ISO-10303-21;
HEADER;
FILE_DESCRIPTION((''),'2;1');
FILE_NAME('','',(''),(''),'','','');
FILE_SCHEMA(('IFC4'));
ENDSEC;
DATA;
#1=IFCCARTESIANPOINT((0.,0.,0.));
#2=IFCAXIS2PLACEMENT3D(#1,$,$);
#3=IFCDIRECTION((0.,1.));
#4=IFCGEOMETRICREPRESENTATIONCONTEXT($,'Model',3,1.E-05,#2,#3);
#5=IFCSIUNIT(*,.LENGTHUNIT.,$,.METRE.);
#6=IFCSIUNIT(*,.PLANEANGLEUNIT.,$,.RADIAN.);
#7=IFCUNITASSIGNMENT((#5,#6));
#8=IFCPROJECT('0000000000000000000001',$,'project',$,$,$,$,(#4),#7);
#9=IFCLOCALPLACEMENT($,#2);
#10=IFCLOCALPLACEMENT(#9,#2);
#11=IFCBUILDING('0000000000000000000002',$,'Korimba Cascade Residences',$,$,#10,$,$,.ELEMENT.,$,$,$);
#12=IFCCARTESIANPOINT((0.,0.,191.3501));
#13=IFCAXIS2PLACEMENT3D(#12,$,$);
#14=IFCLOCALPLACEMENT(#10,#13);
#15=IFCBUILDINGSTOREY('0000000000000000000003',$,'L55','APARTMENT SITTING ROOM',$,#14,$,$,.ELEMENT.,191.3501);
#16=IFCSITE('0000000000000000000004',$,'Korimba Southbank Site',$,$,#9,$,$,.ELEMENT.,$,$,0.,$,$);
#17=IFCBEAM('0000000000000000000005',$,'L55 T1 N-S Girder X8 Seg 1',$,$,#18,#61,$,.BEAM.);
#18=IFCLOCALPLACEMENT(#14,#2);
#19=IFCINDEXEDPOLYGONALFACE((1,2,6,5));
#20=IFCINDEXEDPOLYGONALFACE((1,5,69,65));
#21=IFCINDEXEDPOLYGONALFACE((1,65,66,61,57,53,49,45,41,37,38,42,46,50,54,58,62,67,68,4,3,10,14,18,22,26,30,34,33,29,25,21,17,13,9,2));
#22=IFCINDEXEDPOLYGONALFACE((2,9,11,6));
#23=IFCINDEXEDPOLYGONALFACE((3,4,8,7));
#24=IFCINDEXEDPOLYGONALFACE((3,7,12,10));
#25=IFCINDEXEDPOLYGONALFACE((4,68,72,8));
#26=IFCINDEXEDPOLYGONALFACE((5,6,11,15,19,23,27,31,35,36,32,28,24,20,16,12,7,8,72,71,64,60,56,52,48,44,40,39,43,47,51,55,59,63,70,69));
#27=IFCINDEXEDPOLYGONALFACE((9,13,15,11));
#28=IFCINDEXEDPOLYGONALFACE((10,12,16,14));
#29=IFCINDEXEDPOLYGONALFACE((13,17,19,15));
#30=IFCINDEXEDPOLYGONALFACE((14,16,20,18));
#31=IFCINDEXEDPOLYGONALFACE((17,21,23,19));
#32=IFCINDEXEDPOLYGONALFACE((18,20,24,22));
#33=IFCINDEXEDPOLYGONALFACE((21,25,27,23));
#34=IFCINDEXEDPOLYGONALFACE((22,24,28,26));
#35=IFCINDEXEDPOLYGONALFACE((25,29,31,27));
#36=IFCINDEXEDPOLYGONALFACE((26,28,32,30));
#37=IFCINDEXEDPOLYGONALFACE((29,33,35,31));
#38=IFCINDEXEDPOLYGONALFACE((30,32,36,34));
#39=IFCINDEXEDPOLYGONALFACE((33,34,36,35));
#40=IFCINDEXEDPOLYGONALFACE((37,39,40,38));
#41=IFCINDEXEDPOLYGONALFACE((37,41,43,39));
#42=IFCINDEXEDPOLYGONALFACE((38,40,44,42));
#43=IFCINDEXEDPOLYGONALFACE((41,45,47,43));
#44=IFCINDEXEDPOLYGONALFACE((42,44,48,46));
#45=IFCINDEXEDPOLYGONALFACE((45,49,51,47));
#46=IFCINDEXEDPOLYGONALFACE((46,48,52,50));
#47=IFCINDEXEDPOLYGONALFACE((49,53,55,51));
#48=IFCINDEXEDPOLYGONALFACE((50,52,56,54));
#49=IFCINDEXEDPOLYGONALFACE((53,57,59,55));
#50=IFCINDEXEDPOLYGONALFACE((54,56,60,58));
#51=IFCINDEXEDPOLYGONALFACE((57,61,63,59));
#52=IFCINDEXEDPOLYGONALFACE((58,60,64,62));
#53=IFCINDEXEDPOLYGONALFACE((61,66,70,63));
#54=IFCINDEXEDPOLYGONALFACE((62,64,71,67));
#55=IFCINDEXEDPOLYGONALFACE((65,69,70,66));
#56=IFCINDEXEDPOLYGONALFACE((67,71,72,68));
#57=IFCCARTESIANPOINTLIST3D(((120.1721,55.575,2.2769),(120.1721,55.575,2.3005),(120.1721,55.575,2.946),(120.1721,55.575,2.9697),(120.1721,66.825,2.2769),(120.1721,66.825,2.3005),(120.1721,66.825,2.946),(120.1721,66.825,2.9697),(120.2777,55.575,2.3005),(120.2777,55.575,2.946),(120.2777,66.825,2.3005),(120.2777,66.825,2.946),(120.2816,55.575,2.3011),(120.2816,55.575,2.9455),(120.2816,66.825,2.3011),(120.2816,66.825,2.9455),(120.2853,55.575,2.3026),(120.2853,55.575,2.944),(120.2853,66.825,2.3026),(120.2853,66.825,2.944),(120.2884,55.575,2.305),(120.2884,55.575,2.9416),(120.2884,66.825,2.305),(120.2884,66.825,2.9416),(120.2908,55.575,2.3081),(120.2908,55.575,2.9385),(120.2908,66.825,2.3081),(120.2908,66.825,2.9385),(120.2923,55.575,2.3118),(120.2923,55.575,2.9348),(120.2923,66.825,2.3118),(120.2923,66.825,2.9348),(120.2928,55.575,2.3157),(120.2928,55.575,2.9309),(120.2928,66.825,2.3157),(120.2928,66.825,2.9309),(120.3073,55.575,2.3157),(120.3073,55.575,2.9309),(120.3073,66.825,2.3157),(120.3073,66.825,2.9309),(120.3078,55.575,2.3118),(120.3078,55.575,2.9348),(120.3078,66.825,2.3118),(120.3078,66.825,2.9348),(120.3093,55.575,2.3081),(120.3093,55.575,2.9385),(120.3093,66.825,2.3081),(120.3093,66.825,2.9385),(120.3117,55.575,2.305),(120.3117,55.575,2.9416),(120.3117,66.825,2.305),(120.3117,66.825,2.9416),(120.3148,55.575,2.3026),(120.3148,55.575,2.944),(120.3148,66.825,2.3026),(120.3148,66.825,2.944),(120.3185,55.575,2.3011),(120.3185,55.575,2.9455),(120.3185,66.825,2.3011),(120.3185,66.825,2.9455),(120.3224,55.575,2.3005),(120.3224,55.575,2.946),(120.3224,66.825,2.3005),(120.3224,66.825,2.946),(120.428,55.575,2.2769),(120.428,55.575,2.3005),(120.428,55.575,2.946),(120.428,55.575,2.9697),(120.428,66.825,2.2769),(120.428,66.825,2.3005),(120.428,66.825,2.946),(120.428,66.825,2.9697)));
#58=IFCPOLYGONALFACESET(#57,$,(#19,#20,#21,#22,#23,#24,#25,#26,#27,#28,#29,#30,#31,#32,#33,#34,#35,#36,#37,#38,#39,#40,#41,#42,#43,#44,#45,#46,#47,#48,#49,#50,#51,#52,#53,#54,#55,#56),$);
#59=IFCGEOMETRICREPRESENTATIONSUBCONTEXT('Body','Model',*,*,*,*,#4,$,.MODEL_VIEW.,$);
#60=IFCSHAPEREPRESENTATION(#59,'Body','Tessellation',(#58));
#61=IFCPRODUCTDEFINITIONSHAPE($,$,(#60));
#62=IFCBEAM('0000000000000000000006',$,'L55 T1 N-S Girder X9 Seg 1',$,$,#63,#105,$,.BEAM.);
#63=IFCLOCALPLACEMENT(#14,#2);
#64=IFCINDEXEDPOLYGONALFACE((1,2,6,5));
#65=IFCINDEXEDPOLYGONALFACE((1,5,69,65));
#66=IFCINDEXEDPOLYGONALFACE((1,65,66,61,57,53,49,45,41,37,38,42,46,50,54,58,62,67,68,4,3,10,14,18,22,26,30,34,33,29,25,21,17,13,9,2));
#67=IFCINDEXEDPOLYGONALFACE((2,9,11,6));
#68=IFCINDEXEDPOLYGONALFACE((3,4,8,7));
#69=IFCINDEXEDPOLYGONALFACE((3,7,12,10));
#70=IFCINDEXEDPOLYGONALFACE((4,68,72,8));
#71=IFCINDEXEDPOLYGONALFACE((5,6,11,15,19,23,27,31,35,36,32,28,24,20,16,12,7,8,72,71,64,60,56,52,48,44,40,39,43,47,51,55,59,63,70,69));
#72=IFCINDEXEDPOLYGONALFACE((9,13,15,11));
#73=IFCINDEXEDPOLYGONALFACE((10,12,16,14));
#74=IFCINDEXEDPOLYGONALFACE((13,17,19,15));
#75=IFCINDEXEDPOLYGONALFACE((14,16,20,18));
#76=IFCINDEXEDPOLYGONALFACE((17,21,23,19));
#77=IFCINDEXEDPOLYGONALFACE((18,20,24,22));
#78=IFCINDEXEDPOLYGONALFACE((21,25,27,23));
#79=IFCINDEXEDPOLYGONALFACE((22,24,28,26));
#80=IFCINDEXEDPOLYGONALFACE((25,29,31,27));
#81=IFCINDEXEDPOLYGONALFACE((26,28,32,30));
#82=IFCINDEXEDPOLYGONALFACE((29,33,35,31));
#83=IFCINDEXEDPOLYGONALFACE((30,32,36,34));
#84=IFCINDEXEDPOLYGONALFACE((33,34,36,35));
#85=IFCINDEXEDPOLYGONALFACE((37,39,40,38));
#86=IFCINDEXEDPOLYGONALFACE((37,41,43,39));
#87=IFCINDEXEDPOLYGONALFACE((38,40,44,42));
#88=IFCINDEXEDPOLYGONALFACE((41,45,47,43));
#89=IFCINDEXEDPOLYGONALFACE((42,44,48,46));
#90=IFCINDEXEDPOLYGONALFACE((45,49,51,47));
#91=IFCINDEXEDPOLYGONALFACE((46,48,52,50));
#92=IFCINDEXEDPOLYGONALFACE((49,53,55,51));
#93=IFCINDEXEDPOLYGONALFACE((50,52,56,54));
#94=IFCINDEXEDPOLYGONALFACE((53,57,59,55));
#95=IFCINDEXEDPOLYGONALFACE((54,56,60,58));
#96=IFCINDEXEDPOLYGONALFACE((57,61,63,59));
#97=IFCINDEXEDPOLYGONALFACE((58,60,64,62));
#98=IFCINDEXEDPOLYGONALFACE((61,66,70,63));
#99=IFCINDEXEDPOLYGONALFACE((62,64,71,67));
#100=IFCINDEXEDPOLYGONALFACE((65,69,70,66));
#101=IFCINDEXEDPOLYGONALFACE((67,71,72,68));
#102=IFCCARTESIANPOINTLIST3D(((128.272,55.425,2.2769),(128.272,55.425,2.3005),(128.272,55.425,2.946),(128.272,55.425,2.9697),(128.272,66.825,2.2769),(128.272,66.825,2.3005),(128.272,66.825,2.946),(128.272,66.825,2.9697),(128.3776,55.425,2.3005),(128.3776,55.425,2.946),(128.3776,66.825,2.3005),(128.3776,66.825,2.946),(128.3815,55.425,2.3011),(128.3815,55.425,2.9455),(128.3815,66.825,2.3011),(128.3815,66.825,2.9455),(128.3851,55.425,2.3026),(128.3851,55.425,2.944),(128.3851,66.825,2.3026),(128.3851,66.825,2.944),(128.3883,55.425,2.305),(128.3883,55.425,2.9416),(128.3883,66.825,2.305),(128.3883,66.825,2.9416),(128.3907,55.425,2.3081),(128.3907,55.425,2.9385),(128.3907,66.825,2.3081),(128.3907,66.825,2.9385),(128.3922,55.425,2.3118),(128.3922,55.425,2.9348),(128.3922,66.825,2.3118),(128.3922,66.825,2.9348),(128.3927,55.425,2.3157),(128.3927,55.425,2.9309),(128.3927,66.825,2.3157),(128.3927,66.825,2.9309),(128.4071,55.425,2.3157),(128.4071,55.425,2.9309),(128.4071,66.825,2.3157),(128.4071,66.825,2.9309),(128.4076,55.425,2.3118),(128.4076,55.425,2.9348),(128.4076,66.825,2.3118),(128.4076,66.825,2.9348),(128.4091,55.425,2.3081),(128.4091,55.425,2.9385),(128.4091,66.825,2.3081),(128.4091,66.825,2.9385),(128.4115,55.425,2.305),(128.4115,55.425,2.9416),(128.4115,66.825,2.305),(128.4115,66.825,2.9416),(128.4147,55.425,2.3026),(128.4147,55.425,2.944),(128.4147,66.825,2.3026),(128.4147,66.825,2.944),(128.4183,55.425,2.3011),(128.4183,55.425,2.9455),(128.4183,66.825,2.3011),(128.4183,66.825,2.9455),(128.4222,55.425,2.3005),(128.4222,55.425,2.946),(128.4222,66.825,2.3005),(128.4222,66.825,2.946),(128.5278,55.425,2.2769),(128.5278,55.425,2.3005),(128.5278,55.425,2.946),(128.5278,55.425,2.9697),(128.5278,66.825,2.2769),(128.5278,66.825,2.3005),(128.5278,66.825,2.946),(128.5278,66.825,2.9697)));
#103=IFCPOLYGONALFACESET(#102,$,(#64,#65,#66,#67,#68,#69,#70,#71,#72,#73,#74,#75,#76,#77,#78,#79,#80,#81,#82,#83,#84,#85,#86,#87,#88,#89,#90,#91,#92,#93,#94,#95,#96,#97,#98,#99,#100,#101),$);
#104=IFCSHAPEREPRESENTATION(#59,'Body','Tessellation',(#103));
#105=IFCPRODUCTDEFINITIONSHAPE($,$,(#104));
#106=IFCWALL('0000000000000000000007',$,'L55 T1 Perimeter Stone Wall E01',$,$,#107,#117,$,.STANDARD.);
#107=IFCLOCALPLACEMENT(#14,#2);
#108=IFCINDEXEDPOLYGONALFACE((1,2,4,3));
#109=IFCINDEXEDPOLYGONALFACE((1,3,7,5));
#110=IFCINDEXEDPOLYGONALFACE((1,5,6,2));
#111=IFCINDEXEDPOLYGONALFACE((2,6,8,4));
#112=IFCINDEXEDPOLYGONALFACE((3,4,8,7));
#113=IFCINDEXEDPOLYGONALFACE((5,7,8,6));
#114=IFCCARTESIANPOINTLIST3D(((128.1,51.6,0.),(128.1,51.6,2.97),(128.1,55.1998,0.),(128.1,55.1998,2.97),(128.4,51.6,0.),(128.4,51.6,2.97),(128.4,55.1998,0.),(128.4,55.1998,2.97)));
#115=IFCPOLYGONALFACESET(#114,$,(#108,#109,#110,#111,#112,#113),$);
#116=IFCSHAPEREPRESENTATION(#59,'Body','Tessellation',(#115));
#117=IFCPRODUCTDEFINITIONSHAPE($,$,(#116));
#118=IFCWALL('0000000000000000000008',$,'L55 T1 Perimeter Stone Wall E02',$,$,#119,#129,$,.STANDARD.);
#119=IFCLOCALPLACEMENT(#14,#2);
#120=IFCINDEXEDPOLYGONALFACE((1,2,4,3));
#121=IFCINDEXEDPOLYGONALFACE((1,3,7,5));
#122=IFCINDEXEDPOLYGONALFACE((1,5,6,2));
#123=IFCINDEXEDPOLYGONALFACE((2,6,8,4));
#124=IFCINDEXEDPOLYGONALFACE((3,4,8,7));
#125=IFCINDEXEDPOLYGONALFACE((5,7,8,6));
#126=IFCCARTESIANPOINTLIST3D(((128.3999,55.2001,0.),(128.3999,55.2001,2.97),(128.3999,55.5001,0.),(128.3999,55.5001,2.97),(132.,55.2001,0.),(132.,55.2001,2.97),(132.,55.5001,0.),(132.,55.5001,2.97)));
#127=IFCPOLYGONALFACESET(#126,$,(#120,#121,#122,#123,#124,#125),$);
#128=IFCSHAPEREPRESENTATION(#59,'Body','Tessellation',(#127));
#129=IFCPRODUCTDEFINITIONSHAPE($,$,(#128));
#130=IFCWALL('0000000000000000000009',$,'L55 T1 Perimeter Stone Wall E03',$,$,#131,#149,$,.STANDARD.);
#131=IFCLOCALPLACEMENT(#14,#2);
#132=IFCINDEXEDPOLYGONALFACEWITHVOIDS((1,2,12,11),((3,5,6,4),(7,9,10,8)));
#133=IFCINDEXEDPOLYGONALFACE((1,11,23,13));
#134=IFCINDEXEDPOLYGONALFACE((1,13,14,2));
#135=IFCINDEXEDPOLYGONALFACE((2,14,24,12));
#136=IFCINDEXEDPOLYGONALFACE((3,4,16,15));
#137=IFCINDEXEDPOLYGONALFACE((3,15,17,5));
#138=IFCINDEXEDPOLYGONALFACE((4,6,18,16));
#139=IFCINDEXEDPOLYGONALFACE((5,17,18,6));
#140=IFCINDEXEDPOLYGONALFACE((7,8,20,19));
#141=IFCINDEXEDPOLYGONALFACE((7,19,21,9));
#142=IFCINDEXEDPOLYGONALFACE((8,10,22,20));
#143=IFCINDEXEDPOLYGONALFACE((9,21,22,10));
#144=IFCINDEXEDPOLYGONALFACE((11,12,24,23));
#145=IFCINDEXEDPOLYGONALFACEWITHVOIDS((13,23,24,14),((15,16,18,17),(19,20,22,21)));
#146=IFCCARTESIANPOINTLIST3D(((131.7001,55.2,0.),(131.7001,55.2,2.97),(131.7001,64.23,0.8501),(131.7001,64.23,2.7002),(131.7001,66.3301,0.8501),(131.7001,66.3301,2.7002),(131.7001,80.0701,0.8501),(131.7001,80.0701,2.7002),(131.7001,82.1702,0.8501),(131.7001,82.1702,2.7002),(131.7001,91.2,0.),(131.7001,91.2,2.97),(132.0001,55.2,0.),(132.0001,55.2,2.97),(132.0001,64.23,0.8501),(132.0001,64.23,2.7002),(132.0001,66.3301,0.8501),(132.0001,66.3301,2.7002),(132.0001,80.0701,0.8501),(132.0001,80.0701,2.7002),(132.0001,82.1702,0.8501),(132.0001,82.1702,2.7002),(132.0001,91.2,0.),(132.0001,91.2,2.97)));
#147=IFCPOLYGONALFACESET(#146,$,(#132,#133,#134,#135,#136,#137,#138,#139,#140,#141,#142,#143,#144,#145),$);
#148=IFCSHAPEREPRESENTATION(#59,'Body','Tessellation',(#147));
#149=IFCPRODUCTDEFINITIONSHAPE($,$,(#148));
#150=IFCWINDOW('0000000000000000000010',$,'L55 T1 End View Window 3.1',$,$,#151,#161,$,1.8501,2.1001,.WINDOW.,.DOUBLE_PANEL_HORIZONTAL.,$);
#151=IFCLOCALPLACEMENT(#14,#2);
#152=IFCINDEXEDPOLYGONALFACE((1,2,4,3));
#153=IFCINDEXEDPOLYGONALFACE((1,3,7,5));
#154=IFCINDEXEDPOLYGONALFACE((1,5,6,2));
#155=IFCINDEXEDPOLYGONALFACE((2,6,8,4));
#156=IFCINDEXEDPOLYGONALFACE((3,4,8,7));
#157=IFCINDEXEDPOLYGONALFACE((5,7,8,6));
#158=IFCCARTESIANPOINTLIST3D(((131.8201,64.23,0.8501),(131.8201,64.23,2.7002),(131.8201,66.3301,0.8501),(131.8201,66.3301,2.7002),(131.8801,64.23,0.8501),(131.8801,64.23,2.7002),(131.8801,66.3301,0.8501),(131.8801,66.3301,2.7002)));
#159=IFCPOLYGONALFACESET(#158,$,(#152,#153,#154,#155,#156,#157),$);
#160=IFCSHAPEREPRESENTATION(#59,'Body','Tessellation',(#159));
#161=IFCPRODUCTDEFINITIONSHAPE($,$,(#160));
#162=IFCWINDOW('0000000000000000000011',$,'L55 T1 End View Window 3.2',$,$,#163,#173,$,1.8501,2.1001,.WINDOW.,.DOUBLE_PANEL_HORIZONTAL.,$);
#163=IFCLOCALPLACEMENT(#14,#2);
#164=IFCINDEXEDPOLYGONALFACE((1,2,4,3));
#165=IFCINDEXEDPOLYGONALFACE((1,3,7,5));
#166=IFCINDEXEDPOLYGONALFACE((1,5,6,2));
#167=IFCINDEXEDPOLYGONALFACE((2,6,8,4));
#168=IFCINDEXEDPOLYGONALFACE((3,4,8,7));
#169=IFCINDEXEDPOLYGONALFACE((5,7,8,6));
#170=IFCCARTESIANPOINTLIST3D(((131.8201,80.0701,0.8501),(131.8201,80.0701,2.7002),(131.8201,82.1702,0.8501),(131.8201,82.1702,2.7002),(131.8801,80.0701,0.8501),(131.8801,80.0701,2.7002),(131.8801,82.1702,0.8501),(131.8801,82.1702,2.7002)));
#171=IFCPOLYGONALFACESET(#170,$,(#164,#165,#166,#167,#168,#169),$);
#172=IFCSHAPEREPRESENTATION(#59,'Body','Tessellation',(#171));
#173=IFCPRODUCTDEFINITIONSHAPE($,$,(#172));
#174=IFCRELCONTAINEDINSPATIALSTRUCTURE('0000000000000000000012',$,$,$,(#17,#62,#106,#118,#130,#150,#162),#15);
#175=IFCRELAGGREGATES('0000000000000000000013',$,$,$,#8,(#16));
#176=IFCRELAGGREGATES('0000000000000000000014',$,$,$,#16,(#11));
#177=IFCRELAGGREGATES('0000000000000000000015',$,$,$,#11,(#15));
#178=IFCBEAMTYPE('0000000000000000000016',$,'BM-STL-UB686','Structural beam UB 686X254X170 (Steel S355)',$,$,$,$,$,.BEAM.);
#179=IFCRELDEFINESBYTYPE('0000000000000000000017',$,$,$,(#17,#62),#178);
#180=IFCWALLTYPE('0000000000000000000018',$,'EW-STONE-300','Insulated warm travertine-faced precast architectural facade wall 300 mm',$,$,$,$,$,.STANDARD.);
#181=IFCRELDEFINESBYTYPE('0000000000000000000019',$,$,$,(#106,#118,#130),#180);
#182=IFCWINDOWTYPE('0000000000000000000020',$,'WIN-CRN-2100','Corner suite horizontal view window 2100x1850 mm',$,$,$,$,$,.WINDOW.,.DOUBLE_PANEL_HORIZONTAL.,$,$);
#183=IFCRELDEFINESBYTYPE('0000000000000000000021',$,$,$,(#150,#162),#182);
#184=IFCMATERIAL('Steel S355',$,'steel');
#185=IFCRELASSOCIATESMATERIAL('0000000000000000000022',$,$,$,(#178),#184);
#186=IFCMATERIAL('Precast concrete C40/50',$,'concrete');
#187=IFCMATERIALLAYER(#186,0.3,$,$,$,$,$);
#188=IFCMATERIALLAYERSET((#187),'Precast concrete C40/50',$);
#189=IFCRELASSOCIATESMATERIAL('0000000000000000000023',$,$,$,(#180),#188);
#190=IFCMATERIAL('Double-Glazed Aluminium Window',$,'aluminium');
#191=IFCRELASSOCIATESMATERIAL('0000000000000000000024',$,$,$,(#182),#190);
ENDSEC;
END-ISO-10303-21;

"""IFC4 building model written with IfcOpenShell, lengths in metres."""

from ifc_helpers import new_model, si_unit, direction, frame, frame_2d, origin, origin_2d, place, context, subcontext, project, spatial, rectangle, i_section, extrude, material, layer, layer_set, material_profile, profile_set, type_object, element, fill, save


model = new_model("IFC4")

# Units and contexts
model_context = context("Model", 3, precision=1e-05, world=origin(), true_north=direction((0.0, 1.0)))
body_context = subcontext(model_context, "Body", "Model", "MODEL_VIEW")
ifc_project = project(units=[si_unit("LENGTHUNIT", "METRE"), si_unit("PLANEANGLEUNIT", "RADIAN")], contexts=[model_context])

# Site, building, storey
site_placement = place(None, origin())
site = spatial("IfcSite", under=ifc_project, at=site_placement, Name="Korimba Southbank Site", CompositionType="ELEMENT", RefElevation=0.0)
building_placement = place(site_placement, origin())
building = spatial("IfcBuilding", under=site, at=building_placement, Name="Korimba Cascade Residences", CompositionType="ELEMENT")
storey_placement = place(building_placement, frame((0.0, 0.0, 191.3501)))
storey = spatial("IfcBuildingStorey", under=building, at=storey_placement, Name="L55", Description="APARTMENT SITTING ROOM", CompositionType="ELEMENT", Elevation=191.3501)

# Beams
ifc_material_1 = material(Name="Steel S355", Category="steel")
ifc_material_profile_1 = material_profile(ifc_material_1, i_section(OverallWidth=0.2559, OverallDepth=0.6929, WebThickness=0.0144, FlangeThickness=0.0237, FilletRadius=0.0151, at=origin_2d()), Name="Steel S355")
ifc_profile_set_1 = profile_set([ifc_material_profile_1], Name="Steel S355")
beam_type_1 = type_object("IfcBeamType", Name="BM-STL-UB686", Description="Structural beam UB 686X254X170 (Steel S355)", PredefinedType="BEAM", material=ifc_profile_set_1)
beam_1_placement = place(storey_placement, frame((120.3, 55.575, 2.6233), z_axis=(0.0, 1.0, 0.0), x_axis=(-1.0, 0.0, 0.0)))
element("IfcBeam", 1, at=beam_1_placement, inside=storey, type_object=beam_type_1, Name="L55 T1 N-S Girder X8 Seg 1", PredefinedType="BEAM", context=body_context, shape_type="SweptSolid", body=[
    extrude(i_section(OverallWidth=0.2559, OverallDepth=0.6929, WebThickness=0.0144, FlangeThickness=0.0237, FilletRadius=0.0151, at=origin_2d()), origin(), (0.0, 0.0, 1.0), 11.25),
])
beam_2_placement = place(storey_placement, frame((128.3999, 55.425, 2.6233), z_axis=(0.0, 1.0, 0.0), x_axis=(-1.0, 0.0, 0.0)))
element("IfcBeam", 2, at=beam_2_placement, inside=storey, type_object=beam_type_1, Name="L55 T1 N-S Girder X9 Seg 1", PredefinedType="BEAM", context=body_context, shape_type="SweptSolid", body=[
    extrude(i_section(OverallWidth=0.2559, OverallDepth=0.6929, WebThickness=0.0144, FlangeThickness=0.0237, FilletRadius=0.0151, at=origin_2d()), origin(), (0.0, 0.0, 1.0), 11.3999),
])

# Walls
ifc_material_2 = material(Name="Precast concrete C40/50", Category="concrete")
ifc_layer_1 = layer(ifc_material_2, 0.3)
ifc_layer_set_1 = layer_set([ifc_layer_1], Name="Precast concrete C40/50")
wall_type_1 = type_object("IfcWallType", Name="EW-STONE-300", Description="Insulated warm travertine-faced precast architectural facade wall 300 mm", PredefinedType="STANDARD", material=ifc_layer_set_1)
wall_1_placement = place(storey_placement, frame((128.25, 51.6001, 0.0), z_axis=(0.0, 0.0, 1.0), x_axis=(0.0, 1.0, 0.0)))
element("IfcWall", 3, at=wall_1_placement, inside=storey, type_object=wall_type_1, Name="L55 T1 Perimeter Stone Wall E01", PredefinedType="STANDARD", context=body_context, shape_type="SweptSolid", body=[
    extrude(rectangle(XDim=3.5999, YDim=0.3, at=frame_2d((1.7998, 0.0))), origin(), (0.0, 0.0, 1.0), 2.97),
])
wall_2_placement = place(storey_placement, frame((128.3999, 55.3501, 0.0), z_axis=(0.0, 0.0, 1.0), x_axis=(1.0, 0.0, 0.0)))
element("IfcWall", 4, at=wall_2_placement, inside=storey, type_object=wall_type_1, Name="L55 T1 Perimeter Stone Wall E02", PredefinedType="STANDARD", context=body_context, shape_type="SweptSolid", body=[
    extrude(rectangle(XDim=3.6001, YDim=0.3, at=frame_2d((1.8, 0.0))), origin(), (0.0, 0.0, 1.0), 2.97),
])

# Wall, openings, windows
wall_3_placement = place(storey_placement, frame((131.8501, 55.2, 0.0), z_axis=(0.0, 0.0, 1.0), x_axis=(0.0, 1.0, 0.0)))
wall_3 = element("IfcWall", 5, at=wall_3_placement, inside=storey, type_object=wall_type_1, Name="L55 T1 Perimeter Stone Wall E03", PredefinedType="STANDARD", context=body_context, shape_type="SweptSolid", body=[
    extrude(rectangle(XDim=36.0, YDim=0.3, at=frame_2d((18.0, 0.0))), origin(), (0.0, 0.0, 1.0), 2.97),
])
opening_1_placement = place(wall_3_placement, frame((9.03, 0.0, 0.8501)))
opening_1 = element("IfcOpeningElement", 6, at=opening_1_placement, cuts=wall_3, PredefinedType="OPENING", context=body_context, shape_type="SweptSolid", body=[
    extrude(rectangle(XDim=2.1001, YDim=1.8501, at=frame_2d((1.05, 0.925))), frame((0.0, 0.1602, 0.0), z_axis=(0.0, -1.0, 0.0), x_axis=(1.0, 0.0, 0.0)), (0.0, 0.0, 1.0), 0.3201),
])
opening_2_placement = place(wall_3_placement, frame((24.8701, 0.0, 0.8501)))
opening_2 = element("IfcOpeningElement", 7, at=opening_2_placement, cuts=wall_3, PredefinedType="OPENING", context=body_context, shape_type="SweptSolid", body=[
    extrude(rectangle(XDim=2.1001, YDim=1.8501, at=frame_2d((1.05, 0.925))), frame((0.0, 0.1602, 0.0), z_axis=(0.0, -1.0, 0.0), x_axis=(1.0, 0.0, 0.0)), (0.0, 0.0, 1.0), 0.3201),
])
ifc_material_3 = material(Name="Double-Glazed Aluminium Window", Category="aluminium")
window_type_1 = type_object("IfcWindowType", Name="WIN-CRN-2100", Description="Corner suite horizontal view window 2100x1850 mm", PartitioningType="DOUBLE_PANEL_HORIZONTAL", PredefinedType="WINDOW", material=ifc_material_3)
window_1_placement = place(opening_1_placement, origin())
window_1 = element("IfcWindow", 8, at=window_1_placement, inside=storey, type_object=window_type_1, Name="L55 T1 End View Window 3.1", OverallHeight=1.8501, OverallWidth=2.1001, PartitioningType="DOUBLE_PANEL_HORIZONTAL", PredefinedType="WINDOW", context=body_context, shape_type="SweptSolid", body=[
    extrude(rectangle(XDim=2.1001, YDim=1.8501, at=frame_2d((1.05, 0.925))), frame((0.0, 0.03, 0.0), z_axis=(0.0, -1.0, 0.0), x_axis=(1.0, 0.0, 0.0)), (0.0, 0.0, 1.0), 0.0601),
])
fill(opening_1, window_1)
window_2_placement = place(opening_2_placement, origin())
window_2 = element("IfcWindow", 9, at=window_2_placement, inside=storey, type_object=window_type_1, Name="L55 T1 End View Window 3.2", OverallHeight=1.8501, OverallWidth=2.1001, PartitioningType="DOUBLE_PANEL_HORIZONTAL", PredefinedType="WINDOW", context=body_context, shape_type="SweptSolid", body=[
    extrude(rectangle(XDim=2.1001, YDim=1.8501, at=frame_2d((1.05, 0.925))), frame((0.0, 0.03, 0.0), z_axis=(0.0, -1.0, 0.0), x_axis=(1.0, 0.0, 0.0)), (0.0, 0.0, 1.0), 0.0601),
])
fill(opening_2, window_2)

save(model, "model.ifc")
